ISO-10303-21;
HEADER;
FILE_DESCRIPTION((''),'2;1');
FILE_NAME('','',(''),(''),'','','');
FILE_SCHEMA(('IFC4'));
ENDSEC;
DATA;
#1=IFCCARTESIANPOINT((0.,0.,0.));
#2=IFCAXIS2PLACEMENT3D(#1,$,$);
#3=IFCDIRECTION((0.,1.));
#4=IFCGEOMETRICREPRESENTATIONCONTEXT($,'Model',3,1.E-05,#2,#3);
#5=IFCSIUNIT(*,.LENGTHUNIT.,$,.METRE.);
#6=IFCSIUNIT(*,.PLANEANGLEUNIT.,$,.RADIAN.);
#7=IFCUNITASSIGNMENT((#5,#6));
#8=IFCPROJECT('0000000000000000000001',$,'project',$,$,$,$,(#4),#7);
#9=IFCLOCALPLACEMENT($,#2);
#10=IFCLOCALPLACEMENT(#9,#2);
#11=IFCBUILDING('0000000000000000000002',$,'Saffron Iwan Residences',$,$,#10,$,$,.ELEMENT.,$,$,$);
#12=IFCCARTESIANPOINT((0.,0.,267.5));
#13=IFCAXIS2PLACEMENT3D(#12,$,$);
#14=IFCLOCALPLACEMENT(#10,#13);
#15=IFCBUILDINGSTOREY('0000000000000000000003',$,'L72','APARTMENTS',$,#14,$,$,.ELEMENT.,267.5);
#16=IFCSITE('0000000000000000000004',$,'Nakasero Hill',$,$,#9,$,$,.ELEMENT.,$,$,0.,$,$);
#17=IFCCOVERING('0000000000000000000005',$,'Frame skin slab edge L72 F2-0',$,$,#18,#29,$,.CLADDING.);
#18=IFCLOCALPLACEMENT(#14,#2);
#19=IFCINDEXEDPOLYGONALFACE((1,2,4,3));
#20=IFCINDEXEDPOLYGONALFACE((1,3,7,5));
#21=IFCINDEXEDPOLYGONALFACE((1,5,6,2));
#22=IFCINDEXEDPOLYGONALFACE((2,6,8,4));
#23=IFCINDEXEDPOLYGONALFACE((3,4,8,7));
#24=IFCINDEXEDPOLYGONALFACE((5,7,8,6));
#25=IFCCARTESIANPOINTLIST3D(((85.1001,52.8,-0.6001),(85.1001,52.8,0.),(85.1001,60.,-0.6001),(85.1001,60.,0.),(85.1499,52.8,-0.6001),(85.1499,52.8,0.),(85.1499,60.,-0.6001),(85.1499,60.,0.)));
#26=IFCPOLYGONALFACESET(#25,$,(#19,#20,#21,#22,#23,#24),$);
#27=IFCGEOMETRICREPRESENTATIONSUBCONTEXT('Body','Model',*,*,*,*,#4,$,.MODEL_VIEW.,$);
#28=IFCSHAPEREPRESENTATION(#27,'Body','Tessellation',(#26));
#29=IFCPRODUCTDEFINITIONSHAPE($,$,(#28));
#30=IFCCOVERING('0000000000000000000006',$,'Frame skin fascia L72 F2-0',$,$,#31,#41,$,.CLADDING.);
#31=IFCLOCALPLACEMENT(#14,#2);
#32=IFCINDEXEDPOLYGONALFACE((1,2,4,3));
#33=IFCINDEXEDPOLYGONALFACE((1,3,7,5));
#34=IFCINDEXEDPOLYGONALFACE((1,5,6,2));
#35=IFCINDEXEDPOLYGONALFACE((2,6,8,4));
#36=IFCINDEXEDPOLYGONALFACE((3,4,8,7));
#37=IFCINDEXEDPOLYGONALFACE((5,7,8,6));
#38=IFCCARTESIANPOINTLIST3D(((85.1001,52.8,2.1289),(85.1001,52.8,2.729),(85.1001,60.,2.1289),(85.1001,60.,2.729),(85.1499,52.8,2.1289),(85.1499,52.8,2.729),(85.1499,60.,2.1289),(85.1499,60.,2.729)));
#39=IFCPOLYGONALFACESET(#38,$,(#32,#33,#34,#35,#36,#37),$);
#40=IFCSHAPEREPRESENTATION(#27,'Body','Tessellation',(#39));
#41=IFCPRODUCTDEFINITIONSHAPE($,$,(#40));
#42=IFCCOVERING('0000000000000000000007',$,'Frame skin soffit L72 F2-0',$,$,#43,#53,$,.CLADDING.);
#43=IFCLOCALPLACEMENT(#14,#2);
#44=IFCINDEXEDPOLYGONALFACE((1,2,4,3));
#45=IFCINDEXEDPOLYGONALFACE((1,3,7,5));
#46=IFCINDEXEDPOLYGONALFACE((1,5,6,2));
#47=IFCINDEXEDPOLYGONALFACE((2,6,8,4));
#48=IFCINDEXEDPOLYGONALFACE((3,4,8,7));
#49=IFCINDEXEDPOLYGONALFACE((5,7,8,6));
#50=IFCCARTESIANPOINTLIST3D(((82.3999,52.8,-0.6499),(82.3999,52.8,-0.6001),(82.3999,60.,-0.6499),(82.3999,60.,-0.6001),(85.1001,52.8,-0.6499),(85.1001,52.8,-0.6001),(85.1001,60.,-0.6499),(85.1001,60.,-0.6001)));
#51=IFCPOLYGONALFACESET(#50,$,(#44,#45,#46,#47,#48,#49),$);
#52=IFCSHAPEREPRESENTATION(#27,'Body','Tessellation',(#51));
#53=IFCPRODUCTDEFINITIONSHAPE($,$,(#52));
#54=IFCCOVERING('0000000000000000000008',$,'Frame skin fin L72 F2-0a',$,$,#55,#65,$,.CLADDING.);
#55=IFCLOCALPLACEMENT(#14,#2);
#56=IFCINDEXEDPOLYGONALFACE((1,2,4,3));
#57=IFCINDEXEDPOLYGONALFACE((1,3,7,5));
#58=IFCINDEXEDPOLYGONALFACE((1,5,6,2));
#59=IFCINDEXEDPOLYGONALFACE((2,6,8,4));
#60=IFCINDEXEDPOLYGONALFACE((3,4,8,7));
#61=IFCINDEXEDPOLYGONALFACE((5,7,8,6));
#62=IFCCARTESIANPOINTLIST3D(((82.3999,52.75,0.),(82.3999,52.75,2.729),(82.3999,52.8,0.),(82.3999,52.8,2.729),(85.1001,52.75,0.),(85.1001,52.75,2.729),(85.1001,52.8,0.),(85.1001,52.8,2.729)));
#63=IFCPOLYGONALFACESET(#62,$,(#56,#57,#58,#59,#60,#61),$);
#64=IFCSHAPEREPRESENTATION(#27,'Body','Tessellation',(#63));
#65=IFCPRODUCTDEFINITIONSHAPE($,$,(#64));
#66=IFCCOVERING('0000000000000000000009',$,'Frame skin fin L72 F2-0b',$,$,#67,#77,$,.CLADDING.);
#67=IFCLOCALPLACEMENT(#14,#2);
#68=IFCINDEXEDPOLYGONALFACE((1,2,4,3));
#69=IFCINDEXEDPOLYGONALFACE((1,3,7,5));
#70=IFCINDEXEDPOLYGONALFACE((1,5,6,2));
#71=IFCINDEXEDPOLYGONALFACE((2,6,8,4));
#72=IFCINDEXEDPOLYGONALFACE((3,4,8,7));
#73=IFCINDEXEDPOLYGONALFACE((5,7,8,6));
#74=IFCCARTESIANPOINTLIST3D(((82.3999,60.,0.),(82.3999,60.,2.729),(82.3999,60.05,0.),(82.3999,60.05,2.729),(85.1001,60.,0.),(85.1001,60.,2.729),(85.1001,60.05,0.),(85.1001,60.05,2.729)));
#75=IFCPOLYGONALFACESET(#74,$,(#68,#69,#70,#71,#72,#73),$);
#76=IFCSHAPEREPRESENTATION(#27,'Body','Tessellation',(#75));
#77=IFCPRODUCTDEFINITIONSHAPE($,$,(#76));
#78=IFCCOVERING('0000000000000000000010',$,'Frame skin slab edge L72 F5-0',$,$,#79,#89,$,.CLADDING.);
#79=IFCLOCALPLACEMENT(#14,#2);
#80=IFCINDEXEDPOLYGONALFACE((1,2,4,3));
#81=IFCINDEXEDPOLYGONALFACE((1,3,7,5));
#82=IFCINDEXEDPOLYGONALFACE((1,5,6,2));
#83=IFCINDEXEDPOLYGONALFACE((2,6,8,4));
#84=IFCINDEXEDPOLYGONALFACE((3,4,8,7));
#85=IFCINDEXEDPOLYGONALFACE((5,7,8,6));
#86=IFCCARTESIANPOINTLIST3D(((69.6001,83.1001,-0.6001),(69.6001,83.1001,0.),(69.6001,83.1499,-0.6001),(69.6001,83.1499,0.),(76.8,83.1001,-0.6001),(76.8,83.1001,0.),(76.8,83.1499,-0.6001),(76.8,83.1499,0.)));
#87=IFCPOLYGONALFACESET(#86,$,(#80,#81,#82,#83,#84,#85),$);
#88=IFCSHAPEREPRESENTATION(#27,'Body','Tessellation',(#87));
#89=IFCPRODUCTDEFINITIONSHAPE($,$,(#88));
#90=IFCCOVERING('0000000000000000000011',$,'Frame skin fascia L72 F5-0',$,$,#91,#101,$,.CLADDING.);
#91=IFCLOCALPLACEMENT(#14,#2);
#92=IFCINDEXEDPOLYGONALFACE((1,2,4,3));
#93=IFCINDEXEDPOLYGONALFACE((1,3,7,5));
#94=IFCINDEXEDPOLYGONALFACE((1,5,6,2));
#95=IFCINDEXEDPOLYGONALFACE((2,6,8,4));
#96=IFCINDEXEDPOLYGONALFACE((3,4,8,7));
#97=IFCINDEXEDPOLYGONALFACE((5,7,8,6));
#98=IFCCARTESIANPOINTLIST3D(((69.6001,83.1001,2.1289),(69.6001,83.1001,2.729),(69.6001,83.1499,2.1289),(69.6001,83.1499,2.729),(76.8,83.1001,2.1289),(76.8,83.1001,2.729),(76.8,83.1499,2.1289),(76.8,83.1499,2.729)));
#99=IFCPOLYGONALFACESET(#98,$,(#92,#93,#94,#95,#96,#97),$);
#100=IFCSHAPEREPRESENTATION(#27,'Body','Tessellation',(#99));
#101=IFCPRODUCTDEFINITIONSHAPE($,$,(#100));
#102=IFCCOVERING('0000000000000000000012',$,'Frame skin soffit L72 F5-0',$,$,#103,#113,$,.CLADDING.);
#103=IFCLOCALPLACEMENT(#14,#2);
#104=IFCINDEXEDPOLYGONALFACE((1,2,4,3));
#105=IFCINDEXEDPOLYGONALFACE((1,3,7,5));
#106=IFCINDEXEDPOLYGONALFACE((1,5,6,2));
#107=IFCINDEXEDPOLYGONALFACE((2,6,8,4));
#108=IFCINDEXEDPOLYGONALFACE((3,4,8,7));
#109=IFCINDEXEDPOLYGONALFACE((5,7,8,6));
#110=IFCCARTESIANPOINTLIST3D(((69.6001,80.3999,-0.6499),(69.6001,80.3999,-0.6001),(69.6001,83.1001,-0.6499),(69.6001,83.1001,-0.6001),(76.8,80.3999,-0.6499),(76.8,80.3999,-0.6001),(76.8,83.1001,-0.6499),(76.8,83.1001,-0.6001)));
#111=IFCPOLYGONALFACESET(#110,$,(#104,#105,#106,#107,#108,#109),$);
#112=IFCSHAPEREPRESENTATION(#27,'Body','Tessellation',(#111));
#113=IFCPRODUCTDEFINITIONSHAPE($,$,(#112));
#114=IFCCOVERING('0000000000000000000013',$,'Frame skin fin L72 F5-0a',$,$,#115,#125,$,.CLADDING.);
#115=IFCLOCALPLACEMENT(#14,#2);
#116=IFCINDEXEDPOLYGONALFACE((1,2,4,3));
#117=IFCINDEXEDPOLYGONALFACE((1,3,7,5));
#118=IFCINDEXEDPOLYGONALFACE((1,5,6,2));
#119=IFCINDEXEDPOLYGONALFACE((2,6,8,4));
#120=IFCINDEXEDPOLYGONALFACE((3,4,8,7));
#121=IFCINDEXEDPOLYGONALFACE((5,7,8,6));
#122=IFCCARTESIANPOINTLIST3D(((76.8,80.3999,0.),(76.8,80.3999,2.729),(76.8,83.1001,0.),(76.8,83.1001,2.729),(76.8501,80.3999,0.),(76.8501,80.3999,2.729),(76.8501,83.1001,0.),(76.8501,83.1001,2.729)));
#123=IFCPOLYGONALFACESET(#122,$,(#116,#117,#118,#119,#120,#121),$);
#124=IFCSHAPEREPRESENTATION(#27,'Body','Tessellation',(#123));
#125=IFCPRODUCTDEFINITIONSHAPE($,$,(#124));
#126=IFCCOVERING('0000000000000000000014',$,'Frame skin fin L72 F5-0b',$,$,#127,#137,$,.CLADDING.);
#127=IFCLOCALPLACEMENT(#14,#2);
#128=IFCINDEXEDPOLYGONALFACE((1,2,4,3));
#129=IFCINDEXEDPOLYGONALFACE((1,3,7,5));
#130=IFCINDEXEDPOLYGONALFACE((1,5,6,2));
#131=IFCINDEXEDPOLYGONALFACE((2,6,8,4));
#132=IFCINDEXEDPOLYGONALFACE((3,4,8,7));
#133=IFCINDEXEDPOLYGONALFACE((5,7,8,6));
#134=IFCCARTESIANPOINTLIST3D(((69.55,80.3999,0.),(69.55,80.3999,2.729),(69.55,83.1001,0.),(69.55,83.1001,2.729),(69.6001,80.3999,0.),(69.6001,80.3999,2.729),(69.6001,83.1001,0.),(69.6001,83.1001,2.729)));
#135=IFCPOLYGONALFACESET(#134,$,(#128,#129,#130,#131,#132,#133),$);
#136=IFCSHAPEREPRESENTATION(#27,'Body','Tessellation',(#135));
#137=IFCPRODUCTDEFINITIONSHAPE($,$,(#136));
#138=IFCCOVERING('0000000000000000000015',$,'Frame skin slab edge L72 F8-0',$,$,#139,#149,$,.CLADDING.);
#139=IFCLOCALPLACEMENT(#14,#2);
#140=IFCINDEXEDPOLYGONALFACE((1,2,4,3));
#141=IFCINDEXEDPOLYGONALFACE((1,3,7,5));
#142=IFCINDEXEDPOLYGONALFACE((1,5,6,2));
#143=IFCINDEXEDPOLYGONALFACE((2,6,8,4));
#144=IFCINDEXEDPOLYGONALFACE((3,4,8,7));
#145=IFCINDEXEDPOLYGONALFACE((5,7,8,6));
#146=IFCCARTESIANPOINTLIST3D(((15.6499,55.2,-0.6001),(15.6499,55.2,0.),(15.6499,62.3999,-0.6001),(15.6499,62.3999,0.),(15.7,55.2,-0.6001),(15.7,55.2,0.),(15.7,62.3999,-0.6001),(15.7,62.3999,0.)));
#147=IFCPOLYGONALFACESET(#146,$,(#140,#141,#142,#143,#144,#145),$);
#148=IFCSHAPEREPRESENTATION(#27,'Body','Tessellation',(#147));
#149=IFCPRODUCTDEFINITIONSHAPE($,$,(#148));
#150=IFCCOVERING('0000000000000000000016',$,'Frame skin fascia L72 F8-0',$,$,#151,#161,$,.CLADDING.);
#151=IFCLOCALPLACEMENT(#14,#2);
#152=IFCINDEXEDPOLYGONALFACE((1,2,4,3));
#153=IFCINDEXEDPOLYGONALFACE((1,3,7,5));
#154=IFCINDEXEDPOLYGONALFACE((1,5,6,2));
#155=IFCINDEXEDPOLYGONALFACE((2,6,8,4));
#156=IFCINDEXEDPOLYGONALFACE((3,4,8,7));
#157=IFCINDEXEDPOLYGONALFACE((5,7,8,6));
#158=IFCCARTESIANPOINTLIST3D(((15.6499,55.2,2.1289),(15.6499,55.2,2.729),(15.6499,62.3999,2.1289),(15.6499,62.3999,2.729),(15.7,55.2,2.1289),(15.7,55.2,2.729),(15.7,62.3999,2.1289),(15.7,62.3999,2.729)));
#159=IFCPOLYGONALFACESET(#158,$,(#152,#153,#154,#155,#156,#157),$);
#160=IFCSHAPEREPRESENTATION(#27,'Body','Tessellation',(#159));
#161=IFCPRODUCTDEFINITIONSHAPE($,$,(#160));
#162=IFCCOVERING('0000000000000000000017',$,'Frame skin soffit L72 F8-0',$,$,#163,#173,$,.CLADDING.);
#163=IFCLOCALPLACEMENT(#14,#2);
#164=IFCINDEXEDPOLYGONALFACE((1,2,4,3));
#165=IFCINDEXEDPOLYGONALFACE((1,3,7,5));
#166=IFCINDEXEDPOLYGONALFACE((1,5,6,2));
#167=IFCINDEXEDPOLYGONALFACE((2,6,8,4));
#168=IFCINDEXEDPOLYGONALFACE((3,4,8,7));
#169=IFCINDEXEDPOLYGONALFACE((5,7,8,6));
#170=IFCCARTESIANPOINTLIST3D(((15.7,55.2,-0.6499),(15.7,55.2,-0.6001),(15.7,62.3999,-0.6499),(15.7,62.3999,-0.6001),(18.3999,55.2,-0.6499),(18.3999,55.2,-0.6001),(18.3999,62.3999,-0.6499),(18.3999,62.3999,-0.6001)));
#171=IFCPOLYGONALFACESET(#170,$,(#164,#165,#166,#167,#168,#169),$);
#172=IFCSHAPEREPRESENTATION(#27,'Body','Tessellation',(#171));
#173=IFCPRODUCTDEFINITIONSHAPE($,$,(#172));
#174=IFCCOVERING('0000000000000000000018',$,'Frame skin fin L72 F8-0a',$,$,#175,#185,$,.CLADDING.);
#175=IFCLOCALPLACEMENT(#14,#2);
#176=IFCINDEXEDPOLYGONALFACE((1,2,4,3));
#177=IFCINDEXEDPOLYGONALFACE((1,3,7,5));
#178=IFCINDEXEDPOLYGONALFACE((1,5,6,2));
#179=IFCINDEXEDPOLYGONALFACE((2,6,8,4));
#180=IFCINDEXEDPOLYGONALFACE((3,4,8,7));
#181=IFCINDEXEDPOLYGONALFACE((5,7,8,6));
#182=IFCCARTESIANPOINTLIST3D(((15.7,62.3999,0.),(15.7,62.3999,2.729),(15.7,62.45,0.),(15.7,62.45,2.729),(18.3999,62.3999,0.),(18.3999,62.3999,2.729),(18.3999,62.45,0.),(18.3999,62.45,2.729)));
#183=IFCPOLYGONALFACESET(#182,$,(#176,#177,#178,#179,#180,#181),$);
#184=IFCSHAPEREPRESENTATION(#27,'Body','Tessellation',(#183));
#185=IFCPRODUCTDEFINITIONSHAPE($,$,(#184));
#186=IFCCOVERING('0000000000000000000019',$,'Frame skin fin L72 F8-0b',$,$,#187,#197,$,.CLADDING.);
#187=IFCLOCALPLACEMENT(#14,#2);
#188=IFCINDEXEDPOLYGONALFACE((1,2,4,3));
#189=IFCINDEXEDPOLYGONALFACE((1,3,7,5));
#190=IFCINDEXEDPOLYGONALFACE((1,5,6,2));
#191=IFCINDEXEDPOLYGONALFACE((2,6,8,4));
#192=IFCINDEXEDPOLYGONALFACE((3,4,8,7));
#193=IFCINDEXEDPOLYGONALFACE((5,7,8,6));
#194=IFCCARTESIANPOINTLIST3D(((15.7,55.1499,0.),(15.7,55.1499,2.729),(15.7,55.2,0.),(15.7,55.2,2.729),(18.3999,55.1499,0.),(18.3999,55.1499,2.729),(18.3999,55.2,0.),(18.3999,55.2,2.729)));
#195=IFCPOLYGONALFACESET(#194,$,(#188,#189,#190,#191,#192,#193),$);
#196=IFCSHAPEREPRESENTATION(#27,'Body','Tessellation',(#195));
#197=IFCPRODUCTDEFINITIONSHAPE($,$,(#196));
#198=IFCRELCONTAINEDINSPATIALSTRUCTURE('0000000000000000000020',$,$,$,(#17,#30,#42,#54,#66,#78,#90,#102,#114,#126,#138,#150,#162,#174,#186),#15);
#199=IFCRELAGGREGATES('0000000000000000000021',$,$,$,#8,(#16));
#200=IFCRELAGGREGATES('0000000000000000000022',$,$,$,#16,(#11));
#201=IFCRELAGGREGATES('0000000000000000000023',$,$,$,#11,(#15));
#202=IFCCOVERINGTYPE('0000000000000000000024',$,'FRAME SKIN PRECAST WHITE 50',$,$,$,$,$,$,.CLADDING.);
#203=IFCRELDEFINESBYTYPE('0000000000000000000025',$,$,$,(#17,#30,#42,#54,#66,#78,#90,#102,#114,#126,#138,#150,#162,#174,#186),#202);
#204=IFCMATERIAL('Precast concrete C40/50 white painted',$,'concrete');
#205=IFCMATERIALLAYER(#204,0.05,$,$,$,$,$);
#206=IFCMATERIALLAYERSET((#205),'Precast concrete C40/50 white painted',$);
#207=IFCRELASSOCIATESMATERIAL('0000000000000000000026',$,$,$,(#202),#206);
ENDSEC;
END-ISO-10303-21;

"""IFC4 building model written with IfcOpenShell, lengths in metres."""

from ifc_helpers import new_model, si_unit, direction, frame, origin, place, context, subcontext, project, spatial, polyline, outline, extrude, material, layer, layer_set, type_object, element, save


model = new_model("IFC4")

# Units and contexts
model_context = context("Model", 3, precision=1e-05, world=origin(), true_north=direction((0.0, 1.0)))
body_context = subcontext(model_context, "Body", "Model", "MODEL_VIEW")
ifc_project = project(units=[si_unit("LENGTHUNIT", "METRE"), si_unit("PLANEANGLEUNIT", "RADIAN")], contexts=[model_context])

# Site, building, storey
site_placement = place(None, origin())
site = spatial("IfcSite", under=ifc_project, at=site_placement, Name="Nakasero Hill", CompositionType="ELEMENT", RefElevation=0.0)
building_placement = place(site_placement, origin())
building = spatial("IfcBuilding", under=site, at=building_placement, Name="Saffron Iwan Residences", CompositionType="ELEMENT")
storey_placement = place(building_placement, frame((0.0, 0.0, 267.5)))
storey = spatial("IfcBuildingStorey", under=building, at=storey_placement, Name="L72", Description="APARTMENTS", CompositionType="ELEMENT", Elevation=267.5)

# Coverings
ifc_material_1 = material(Name="Precast concrete C40/50 white painted", Category="concrete")
ifc_layer_1 = layer(ifc_material_1, 0.05)
ifc_layer_set_1 = layer_set([ifc_layer_1], Name="Precast concrete C40/50 white painted")
covering_type_1 = type_object("IfcCoveringType", Name="FRAME SKIN PRECAST WHITE 50", PredefinedType="CLADDING", material=ifc_layer_set_1)
for number, where, name in (
    (1, (0.0, 0.0, -0.6001), "Frame skin slab edge L72 F2-0"),
    (2, (0.0, 0.0, 2.1289), "Frame skin fascia L72 F2-0"),
):
    element("IfcCovering", number, at=place(storey_placement, frame(where)), inside=storey, type_object=covering_type_1, Name=name, PredefinedType="CLADDING", context=body_context, shape_type="SweptSolid", body=[
        extrude(outline(polyline([(85.1499, 52.8), (85.1499, 60.0), (85.1001, 60.0), (85.1001, 52.8), (85.1499, 52.8)])), origin(), (0.0, 0.0, 1.0), 0.6001),
    ])
covering_1_placement = place(storey_placement, frame((0.0, 0.0, -0.6499)))
element("IfcCovering", 3, at=covering_1_placement, inside=storey, type_object=covering_type_1, Name="Frame skin soffit L72 F2-0", PredefinedType="CLADDING", context=body_context, shape_type="SweptSolid", body=[
    extrude(outline(polyline([(85.1001, 52.8), (85.1001, 60.0), (82.3999, 60.0), (82.3999, 52.8), (85.1001, 52.8)])), origin(), (0.0, 0.0, 1.0), 0.0498),
])
covering_2_placement = place(storey_placement, origin())
element("IfcCovering", 4, at=covering_2_placement, inside=storey, type_object=covering_type_1, Name="Frame skin fin L72 F2-0a", PredefinedType="CLADDING", context=body_context, shape_type="SweptSolid", body=[
    extrude(outline(polyline([(85.1001, 52.75), (85.1001, 52.8), (82.3999, 52.8), (82.3999, 52.75), (85.1001, 52.75)])), origin(), (0.0, 0.0, 1.0), 2.729),
])
covering_3_placement = place(storey_placement, origin())
element("IfcCovering", 5, at=covering_3_placement, inside=storey, type_object=covering_type_1, Name="Frame skin fin L72 F2-0b", PredefinedType="CLADDING", context=body_context, shape_type="SweptSolid", body=[
    extrude(outline(polyline([(85.1001, 60.0), (85.1001, 60.05), (82.3999, 60.05), (82.3999, 60.0), (85.1001, 60.0)])), origin(), (0.0, 0.0, 1.0), 2.729),
])
for number, where, name in (
    (6, (0.0, 0.0, -0.6001), "Frame skin slab edge L72 F5-0"),
    (7, (0.0, 0.0, 2.1289), "Frame skin fascia L72 F5-0"),
):
    element("IfcCovering", number, at=place(storey_placement, frame(where)), inside=storey, type_object=covering_type_1, Name=name, PredefinedType="CLADDING", context=body_context, shape_type="SweptSolid", body=[
        extrude(outline(polyline([(76.8, 83.1499), (69.6001, 83.1499), (69.6001, 83.1001), (76.8, 83.1001), (76.8, 83.1499)])), origin(), (0.0, 0.0, 1.0), 0.6001),
    ])
covering_4_placement = place(storey_placement, frame((0.0, 0.0, -0.6499)))
element("IfcCovering", 8, at=covering_4_placement, inside=storey, type_object=covering_type_1, Name="Frame skin soffit L72 F5-0", PredefinedType="CLADDING", context=body_context, shape_type="SweptSolid", body=[
    extrude(outline(polyline([(76.8, 83.1001), (69.6001, 83.1001), (69.6001, 80.3999), (76.8, 80.3999), (76.8, 83.1001)])), origin(), (0.0, 0.0, 1.0), 0.0498),
])
covering_5_placement = place(storey_placement, origin())
element("IfcCovering", 9, at=covering_5_placement, inside=storey, type_object=covering_type_1, Name="Frame skin fin L72 F5-0a", PredefinedType="CLADDING", context=body_context, shape_type="SweptSolid", body=[
    extrude(outline(polyline([(76.8501, 83.1001), (76.8, 83.1001), (76.8, 80.3999), (76.8501, 80.3999), (76.8501, 83.1001)])), origin(), (0.0, 0.0, 1.0), 2.729),
])
covering_6_placement = place(storey_placement, origin())
element("IfcCovering", 10, at=covering_6_placement, inside=storey, type_object=covering_type_1, Name="Frame skin fin L72 F5-0b", PredefinedType="CLADDING", context=body_context, shape_type="SweptSolid", body=[
    extrude(outline(polyline([(69.6001, 83.1001), (69.55, 83.1001), (69.55, 80.3999), (69.6001, 80.3999), (69.6001, 83.1001)])), origin(), (0.0, 0.0, 1.0), 2.729),
])
for number, where, name in (
    (11, (0.0, 0.0, -0.6001), "Frame skin slab edge L72 F8-0"),
    (12, (0.0, 0.0, 2.1289), "Frame skin fascia L72 F8-0"),
):
    element("IfcCovering", number, at=place(storey_placement, frame(where)), inside=storey, type_object=covering_type_1, Name=name, PredefinedType="CLADDING", context=body_context, shape_type="SweptSolid", body=[
        extrude(outline(polyline([(15.6499, 62.3999), (15.6499, 55.2), (15.7, 55.2), (15.7, 62.3999), (15.6499, 62.3999)])), origin(), (0.0, 0.0, 1.0), 0.6001),
    ])
covering_7_placement = place(storey_placement, frame((0.0, 0.0, -0.6499)))
element("IfcCovering", 13, at=covering_7_placement, inside=storey, type_object=covering_type_1, Name="Frame skin soffit L72 F8-0", PredefinedType="CLADDING", context=body_context, shape_type="SweptSolid", body=[
    extrude(outline(polyline([(15.7, 62.3999), (15.7, 55.2), (18.3999, 55.2), (18.3999, 62.3999), (15.7, 62.3999)])), origin(), (0.0, 0.0, 1.0), 0.0498),
])
covering_8_placement = place(storey_placement, origin())
element("IfcCovering", 14, at=covering_8_placement, inside=storey, type_object=covering_type_1, Name="Frame skin fin L72 F8-0a", PredefinedType="CLADDING", context=body_context, shape_type="SweptSolid", body=[
    extrude(outline(polyline([(15.7, 62.45), (15.7, 62.3999), (18.3999, 62.3999), (18.3999, 62.45), (15.7, 62.45)])), origin(), (0.0, 0.0, 1.0), 2.729),
])
covering_9_placement = place(storey_placement, origin())
element("IfcCovering", 15, at=covering_9_placement, inside=storey, type_object=covering_type_1, Name="Frame skin fin L72 F8-0b", PredefinedType="CLADDING", context=body_context, shape_type="SweptSolid", body=[
    extrude(outline(polyline([(15.7, 55.2), (15.7, 55.1499), (18.3999, 55.1499), (18.3999, 55.2), (15.7, 55.2)])), origin(), (0.0, 0.0, 1.0), 2.729),
])

save(model, "model.ifc")
